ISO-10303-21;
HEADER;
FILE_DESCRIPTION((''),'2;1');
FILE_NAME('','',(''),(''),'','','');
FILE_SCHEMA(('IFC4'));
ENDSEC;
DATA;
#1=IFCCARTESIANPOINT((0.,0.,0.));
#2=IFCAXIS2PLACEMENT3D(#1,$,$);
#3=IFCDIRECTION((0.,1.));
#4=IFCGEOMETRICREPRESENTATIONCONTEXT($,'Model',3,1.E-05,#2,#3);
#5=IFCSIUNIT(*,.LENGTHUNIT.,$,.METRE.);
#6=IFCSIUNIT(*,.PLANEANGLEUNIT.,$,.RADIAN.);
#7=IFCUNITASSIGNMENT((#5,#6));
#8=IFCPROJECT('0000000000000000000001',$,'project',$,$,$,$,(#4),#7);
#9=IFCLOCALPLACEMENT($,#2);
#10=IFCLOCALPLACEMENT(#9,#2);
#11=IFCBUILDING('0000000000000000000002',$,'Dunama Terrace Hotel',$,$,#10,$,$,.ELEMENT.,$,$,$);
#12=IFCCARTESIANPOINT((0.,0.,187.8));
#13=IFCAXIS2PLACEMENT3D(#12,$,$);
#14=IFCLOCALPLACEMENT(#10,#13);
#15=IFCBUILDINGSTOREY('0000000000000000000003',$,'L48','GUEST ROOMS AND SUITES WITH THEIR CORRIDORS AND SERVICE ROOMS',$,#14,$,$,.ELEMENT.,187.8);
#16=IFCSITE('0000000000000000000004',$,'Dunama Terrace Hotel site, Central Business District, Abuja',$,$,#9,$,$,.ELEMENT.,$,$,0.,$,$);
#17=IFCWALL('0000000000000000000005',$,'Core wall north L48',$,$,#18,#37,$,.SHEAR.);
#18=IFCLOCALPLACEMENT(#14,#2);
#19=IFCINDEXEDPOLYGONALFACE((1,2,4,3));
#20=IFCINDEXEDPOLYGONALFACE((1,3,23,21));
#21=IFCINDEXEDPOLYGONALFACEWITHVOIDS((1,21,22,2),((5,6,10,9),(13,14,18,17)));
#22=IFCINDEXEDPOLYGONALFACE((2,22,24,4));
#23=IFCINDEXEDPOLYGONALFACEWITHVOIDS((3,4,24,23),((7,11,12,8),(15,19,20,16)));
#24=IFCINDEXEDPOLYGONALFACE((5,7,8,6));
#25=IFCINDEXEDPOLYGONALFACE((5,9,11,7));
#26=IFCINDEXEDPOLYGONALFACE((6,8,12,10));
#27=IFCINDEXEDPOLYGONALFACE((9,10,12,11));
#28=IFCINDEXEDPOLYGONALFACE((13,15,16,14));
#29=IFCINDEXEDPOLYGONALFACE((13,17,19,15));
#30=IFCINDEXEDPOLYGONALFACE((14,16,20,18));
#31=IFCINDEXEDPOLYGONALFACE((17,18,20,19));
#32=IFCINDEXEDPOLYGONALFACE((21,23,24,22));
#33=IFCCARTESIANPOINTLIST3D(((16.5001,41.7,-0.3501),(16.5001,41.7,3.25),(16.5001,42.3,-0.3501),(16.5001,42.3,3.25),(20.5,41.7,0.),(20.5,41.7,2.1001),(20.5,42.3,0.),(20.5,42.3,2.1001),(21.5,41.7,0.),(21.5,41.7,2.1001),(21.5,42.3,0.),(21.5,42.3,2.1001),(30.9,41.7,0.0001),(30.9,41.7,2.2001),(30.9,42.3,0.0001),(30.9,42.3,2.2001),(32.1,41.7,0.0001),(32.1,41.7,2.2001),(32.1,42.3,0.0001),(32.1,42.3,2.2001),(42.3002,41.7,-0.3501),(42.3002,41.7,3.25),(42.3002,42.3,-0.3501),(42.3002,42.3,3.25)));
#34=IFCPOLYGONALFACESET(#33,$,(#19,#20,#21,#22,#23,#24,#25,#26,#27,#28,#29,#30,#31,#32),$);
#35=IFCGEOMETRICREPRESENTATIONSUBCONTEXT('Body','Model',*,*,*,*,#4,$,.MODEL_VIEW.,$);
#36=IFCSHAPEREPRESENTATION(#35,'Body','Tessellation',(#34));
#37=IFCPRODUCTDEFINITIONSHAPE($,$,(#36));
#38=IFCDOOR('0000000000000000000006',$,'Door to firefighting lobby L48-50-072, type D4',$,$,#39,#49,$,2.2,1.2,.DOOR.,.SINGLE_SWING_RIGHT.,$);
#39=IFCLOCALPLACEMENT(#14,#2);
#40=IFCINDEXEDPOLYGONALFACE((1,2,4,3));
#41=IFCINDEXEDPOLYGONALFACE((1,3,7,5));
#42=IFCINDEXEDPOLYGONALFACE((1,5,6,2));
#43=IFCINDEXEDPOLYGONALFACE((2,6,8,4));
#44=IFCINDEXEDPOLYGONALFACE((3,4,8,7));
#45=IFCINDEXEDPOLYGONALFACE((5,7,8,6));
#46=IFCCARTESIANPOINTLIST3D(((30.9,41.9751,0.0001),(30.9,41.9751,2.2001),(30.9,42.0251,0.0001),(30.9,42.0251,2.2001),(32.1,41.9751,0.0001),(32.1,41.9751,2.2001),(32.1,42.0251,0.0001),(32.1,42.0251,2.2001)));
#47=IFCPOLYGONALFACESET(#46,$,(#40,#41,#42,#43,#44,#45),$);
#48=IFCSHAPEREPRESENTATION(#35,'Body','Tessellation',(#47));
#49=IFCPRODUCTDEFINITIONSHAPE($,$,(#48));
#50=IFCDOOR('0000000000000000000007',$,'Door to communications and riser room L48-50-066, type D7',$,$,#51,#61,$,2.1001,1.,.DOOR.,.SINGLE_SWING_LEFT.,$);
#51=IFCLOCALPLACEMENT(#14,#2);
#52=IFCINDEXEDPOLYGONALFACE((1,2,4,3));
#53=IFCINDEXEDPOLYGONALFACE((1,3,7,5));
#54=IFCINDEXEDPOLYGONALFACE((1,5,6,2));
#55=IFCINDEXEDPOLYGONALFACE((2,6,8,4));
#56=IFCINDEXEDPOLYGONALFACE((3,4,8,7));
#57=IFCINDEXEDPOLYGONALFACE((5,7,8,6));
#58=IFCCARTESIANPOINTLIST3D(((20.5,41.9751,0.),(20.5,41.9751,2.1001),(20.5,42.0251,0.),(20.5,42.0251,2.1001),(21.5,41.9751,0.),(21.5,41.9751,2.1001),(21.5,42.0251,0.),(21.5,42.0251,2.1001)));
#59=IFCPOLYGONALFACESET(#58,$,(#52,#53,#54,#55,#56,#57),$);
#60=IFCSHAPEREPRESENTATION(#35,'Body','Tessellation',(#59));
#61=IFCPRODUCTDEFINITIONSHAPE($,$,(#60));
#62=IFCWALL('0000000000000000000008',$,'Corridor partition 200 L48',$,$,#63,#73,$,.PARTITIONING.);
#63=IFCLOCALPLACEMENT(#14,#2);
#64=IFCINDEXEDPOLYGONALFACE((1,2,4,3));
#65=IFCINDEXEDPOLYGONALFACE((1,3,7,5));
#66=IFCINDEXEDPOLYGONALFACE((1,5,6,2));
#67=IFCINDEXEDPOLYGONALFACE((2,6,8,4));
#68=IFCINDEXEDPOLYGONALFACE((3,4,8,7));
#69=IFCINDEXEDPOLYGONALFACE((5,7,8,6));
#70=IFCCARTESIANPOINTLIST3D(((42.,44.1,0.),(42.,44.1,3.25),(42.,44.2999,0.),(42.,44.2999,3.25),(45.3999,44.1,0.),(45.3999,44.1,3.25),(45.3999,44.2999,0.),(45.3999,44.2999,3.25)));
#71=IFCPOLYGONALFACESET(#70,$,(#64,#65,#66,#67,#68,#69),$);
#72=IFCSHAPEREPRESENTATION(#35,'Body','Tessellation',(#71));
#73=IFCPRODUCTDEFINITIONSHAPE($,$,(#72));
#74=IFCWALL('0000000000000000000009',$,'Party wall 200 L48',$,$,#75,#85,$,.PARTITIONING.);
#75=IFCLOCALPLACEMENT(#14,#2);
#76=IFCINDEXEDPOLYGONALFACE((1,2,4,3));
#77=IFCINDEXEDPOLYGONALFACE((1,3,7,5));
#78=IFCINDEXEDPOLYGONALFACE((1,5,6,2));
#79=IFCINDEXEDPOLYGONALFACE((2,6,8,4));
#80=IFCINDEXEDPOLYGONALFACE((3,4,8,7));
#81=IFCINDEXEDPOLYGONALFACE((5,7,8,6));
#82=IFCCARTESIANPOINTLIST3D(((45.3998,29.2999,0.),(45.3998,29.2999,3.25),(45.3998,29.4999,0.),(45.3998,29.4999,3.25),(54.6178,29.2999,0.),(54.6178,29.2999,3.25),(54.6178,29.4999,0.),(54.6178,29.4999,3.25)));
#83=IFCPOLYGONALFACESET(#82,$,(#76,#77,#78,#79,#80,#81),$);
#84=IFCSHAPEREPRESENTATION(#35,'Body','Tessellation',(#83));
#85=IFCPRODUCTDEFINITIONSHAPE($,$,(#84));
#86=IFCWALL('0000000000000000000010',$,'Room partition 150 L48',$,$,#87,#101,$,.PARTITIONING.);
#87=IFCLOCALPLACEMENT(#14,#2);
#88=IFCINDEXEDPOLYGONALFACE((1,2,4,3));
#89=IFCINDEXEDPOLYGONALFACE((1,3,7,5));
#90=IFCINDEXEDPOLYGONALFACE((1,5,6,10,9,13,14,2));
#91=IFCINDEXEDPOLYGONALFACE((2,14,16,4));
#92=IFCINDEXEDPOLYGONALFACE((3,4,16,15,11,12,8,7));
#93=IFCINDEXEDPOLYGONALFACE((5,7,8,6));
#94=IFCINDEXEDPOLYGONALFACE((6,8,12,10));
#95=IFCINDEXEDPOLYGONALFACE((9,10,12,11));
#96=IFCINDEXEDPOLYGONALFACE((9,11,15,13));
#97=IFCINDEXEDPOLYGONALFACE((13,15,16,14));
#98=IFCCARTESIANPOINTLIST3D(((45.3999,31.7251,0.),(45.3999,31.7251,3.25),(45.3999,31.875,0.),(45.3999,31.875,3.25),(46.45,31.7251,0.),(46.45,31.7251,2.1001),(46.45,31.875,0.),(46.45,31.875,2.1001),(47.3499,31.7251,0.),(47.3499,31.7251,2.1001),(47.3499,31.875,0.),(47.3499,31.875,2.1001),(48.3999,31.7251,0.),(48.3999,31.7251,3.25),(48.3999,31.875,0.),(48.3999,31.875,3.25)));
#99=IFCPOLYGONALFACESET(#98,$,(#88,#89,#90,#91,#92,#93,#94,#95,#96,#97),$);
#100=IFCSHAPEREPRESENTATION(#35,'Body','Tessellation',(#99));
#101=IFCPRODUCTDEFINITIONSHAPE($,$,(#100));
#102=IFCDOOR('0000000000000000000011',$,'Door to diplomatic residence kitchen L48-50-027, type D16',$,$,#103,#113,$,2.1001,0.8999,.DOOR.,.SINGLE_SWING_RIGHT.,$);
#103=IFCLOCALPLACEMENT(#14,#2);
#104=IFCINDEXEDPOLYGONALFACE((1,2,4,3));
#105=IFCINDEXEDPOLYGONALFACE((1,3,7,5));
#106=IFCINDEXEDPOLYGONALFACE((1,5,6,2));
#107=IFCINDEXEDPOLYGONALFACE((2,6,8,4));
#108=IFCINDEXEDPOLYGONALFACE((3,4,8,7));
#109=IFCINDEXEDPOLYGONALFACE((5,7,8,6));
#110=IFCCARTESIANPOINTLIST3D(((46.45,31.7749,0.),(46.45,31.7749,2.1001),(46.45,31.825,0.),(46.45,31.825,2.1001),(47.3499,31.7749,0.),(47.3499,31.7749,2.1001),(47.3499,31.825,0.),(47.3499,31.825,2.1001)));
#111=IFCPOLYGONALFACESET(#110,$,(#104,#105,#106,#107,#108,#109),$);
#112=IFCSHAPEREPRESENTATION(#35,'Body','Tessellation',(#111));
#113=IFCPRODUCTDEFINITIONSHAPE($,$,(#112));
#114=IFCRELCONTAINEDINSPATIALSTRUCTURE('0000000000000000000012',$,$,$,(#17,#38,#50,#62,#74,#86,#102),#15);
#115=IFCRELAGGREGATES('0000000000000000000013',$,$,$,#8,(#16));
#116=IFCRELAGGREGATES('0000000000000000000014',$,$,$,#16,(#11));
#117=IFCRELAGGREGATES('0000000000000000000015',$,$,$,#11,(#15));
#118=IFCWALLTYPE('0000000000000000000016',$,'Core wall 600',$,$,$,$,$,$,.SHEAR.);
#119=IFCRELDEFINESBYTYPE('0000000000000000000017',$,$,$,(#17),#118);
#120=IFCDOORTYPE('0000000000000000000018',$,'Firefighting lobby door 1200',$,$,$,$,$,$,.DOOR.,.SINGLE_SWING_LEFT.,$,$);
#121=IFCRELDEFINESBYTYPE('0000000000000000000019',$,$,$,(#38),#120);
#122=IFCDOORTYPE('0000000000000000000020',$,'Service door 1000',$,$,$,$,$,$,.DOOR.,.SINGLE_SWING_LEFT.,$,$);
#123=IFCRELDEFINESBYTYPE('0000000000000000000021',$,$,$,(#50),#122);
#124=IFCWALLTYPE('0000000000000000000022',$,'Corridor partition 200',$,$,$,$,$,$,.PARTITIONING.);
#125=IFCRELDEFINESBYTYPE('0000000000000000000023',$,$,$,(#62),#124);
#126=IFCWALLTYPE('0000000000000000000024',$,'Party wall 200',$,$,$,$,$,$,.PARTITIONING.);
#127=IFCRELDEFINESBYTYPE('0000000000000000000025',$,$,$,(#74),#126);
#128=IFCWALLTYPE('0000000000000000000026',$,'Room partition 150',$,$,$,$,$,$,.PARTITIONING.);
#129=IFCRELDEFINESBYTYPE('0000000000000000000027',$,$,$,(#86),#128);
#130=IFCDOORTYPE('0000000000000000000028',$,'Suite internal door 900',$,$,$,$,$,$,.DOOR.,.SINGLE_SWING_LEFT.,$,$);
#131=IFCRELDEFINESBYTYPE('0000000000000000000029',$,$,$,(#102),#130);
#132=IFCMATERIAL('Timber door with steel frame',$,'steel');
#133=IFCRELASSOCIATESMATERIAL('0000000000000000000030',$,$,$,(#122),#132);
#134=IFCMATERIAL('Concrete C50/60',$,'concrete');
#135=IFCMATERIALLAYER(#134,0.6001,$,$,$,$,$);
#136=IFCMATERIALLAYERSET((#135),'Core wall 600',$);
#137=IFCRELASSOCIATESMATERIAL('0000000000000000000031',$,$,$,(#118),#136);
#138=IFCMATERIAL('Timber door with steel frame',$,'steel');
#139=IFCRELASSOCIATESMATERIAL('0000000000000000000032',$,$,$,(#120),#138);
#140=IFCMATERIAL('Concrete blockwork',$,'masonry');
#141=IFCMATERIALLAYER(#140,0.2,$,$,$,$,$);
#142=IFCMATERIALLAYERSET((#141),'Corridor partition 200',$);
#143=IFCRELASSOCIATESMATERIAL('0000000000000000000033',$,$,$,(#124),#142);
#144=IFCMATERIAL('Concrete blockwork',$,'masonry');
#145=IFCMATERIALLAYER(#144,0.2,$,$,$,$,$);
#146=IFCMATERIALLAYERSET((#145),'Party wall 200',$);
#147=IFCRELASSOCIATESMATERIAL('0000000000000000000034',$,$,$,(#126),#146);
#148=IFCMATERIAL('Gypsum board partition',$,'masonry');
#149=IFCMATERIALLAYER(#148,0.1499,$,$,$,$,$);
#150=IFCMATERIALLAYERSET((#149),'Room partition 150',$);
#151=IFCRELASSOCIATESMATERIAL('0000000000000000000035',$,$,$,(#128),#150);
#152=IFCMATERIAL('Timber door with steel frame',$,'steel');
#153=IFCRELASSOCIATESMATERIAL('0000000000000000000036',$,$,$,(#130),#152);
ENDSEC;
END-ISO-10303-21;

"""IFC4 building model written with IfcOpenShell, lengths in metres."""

from ifc_helpers import new_model, si_unit, direction, frame, frame_2d, origin, place, context, subcontext, project, spatial, rectangle, extrude, material, layer, layer_set, type_object, element, fill, save


model = new_model("IFC4")

# Units and contexts
model_context = context("Model", 3, precision=1e-05, world=origin(), true_north=direction((0.0, 1.0)))
body_context = subcontext(model_context, "Body", "Model", "MODEL_VIEW")
ifc_project = project(units=[si_unit("LENGTHUNIT", "METRE"), si_unit("PLANEANGLEUNIT", "RADIAN")], contexts=[model_context])

# Site, building, storey
site_placement = place(None, origin())
site = spatial("IfcSite", under=ifc_project, at=site_placement, Name="Dunama Terrace Hotel site, Central Business District, Abuja", CompositionType="ELEMENT", RefElevation=0.0)
building_placement = place(site_placement, origin())
building = spatial("IfcBuilding", under=site, at=building_placement, Name="Dunama Terrace Hotel", CompositionType="ELEMENT")
storey_placement = place(building_placement, frame((0.0, 0.0, 187.8)))
storey = spatial("IfcBuildingStorey", under=building, at=storey_placement, Name="L48", Description="GUEST ROOMS AND SUITES WITH THEIR CORRIDORS AND SERVICE ROOMS", CompositionType="ELEMENT", Elevation=187.8)

# Shared definitions
ifc_material_1 = material(Name="Timber door with steel frame", Category="steel")
door_type_1 = type_object("IfcDoorType", Name="Service door 1000", OperationType="SINGLE_SWING_LEFT", PredefinedType="DOOR", material=ifc_material_1)

# Wall, openings, doors
ifc_material_2 = material(Name="Concrete C50/60", Category="concrete")
ifc_layer_1 = layer(ifc_material_2, 0.6001)
ifc_layer_set_1 = layer_set([ifc_layer_1], Name="Core wall 600")
wall_type_1 = type_object("IfcWallType", Name="Core wall 600", PredefinedType="SHEAR", material=ifc_layer_set_1)
wall_1_placement = place(storey_placement, frame((42.3, 42.0, -0.3501), z_axis=(0.0, 0.0, 1.0), x_axis=(-1.0, 0.0, 0.0)))
wall_1 = element("IfcWall", 1, at=wall_1_placement, inside=storey, type_object=wall_type_1, Name="Core wall north L48", PredefinedType="SHEAR", context=body_context, shape_type="SweptSolid", body=[
    extrude(rectangle(XDim=25.8, YDim=0.6001, at=frame_2d((12.8999, 0.0))), origin(), (0.0, 0.0, 1.0), 3.6001),
])
opening_1_placement = place(wall_1_placement, frame((20.8, 0.0, 0.3501)))
opening_1 = element("IfcOpeningElement", 2, at=opening_1_placement, cuts=wall_1, PredefinedType="OPENING", context=body_context, shape_type="SweptSolid", body=[
    extrude(rectangle(XDim=1.0, YDim=2.1001, at=frame_2d((0.5, 1.05))), frame((0.0, 0.3101, 0.0), z_axis=(0.0, -1.0, 0.0), x_axis=(1.0, 0.0, 0.0)), (0.0, 0.0, 1.0), 0.6201),
])
opening_2_placement = place(wall_1_placement, frame((10.2, 0.0, 0.3501)))
opening_2 = element("IfcOpeningElement", 3, at=opening_2_placement, cuts=wall_1, PredefinedType="OPENING", context=body_context, shape_type="SweptSolid", body=[
    extrude(rectangle(XDim=1.2, YDim=2.2, at=frame_2d((0.6001, 1.1001))), frame((0.0, 0.3101, 0.0), z_axis=(0.0, -1.0, 0.0), x_axis=(1.0, 0.0, 0.0)), (0.0, 0.0, 1.0), 0.6201),
])
ifc_material_3 = material(Name="Timber door with steel frame", Category="steel")
door_type_2 = type_object("IfcDoorType", Name="Firefighting lobby door 1200", OperationType="SINGLE_SWING_LEFT", PredefinedType="DOOR", material=ifc_material_3)
door_1_placement = place(opening_2_placement, origin())
door_1 = element("IfcDoor", 4, at=door_1_placement, inside=storey, type_object=door_type_2, Name="Door to firefighting lobby L48-50-072, type D4", OperationType="SINGLE_SWING_RIGHT", OverallHeight=2.2, OverallWidth=1.2, PredefinedType="DOOR", context=body_context, shape_type="SweptSolid", body=[
    extrude(rectangle(XDim=1.2, YDim=2.2, at=frame_2d((0.6001, 1.1001))), frame((0.0, 0.0249, 0.0), z_axis=(0.0, -1.0, 0.0), x_axis=(1.0, 0.0, 0.0)), (0.0, 0.0, 1.0), 0.05),
])
fill(opening_2, door_1)
door_2_placement = place(opening_1_placement, origin())
door_2 = element("IfcDoor", 5, at=door_2_placement, inside=storey, type_object=door_type_1, Name="Door to communications and riser room L48-50-066, type D7", OperationType="SINGLE_SWING_LEFT", OverallHeight=2.1001, OverallWidth=1.0, PredefinedType="DOOR", context=body_context, shape_type="SweptSolid", body=[
    extrude(rectangle(XDim=1.0, YDim=2.1001, at=frame_2d((0.5, 1.05))), frame((0.0, 0.0249, 0.0), z_axis=(0.0, -1.0, 0.0), x_axis=(1.0, 0.0, 0.0)), (0.0, 0.0, 1.0), 0.05),
])
fill(opening_1, door_2)

# Walls
ifc_material_4 = material(Name="Concrete blockwork", Category="masonry")
ifc_layer_2 = layer(ifc_material_4, 0.2)
ifc_layer_set_2 = layer_set([ifc_layer_2], Name="Corridor partition 200")
wall_type_2 = type_object("IfcWallType", Name="Corridor partition 200", PredefinedType="PARTITIONING", material=ifc_layer_set_2)
wall_2_placement = place(storey_placement, frame((42.0, 44.2, 0.0), z_axis=(0.0, 0.0, 1.0), x_axis=(1.0, 0.0, 0.0)))
element("IfcWall", 6, at=wall_2_placement, inside=storey, type_object=wall_type_2, Name="Corridor partition 200 L48", PredefinedType="PARTITIONING", context=body_context, shape_type="SweptSolid", body=[
    extrude(rectangle(XDim=3.3999, YDim=0.2, at=frame_2d((1.7, 0.0))), origin(), (0.0, 0.0, 1.0), 3.25),
])
ifc_material_5 = material(Name="Concrete blockwork", Category="masonry")
ifc_layer_3 = layer(ifc_material_5, 0.2)
ifc_layer_set_3 = layer_set([ifc_layer_3], Name="Party wall 200")
wall_type_3 = type_object("IfcWallType", Name="Party wall 200", PredefinedType="PARTITIONING", material=ifc_layer_set_3)
wall_3_placement = place(storey_placement, frame((45.3999, 29.3999, 0.0), z_axis=(0.0, 0.0, 1.0), x_axis=(1.0, 0.0, 0.0)))
element("IfcWall", 7, at=wall_3_placement, inside=storey, type_object=wall_type_3, Name="Party wall 200 L48", PredefinedType="PARTITIONING", context=body_context, shape_type="SweptSolid", body=[
    extrude(rectangle(XDim=9.218, YDim=0.2, at=frame_2d((4.6089, 0.0))), origin(), (0.0, 0.0, 1.0), 3.25),
])

# Wall, opening, door
ifc_material_6 = material(Name="Gypsum board partition", Category="masonry")
ifc_layer_4 = layer(ifc_material_6, 0.1499)
ifc_layer_set_4 = layer_set([ifc_layer_4], Name="Room partition 150")
wall_type_4 = type_object("IfcWallType", Name="Room partition 150", PredefinedType="PARTITIONING", material=ifc_layer_set_4)
wall_4_placement = place(storey_placement, frame((45.3999, 31.8, 0.0), z_axis=(0.0, 0.0, 1.0), x_axis=(1.0, 0.0, 0.0)))
wall_4 = element("IfcWall", 8, at=wall_4_placement, inside=storey, type_object=wall_type_4, Name="Room partition 150 L48", PredefinedType="PARTITIONING", context=body_context, shape_type="SweptSolid", body=[
    extrude(rectangle(XDim=3.0, YDim=0.1499, at=frame_2d((1.5, 0.0))), origin(), (0.0, 0.0, 1.0), 3.25),
])
opening_3_placement = place(wall_4_placement, frame((1.05, 0.0, 0.0)))
opening_3 = element("IfcOpeningElement", 9, at=opening_3_placement, cuts=wall_4, PredefinedType="OPENING", context=body_context, shape_type="SweptSolid", body=[
    extrude(rectangle(XDim=0.8999, YDim=2.1001, at=frame_2d((0.45, 1.05))), frame((0.0, 0.085, 0.0), z_axis=(0.0, -1.0, 0.0), x_axis=(1.0, 0.0, 0.0)), (0.0, 0.0, 1.0), 0.1699),
])
ifc_material_7 = material(Name="Timber door with steel frame", Category="steel")
door_type_3 = type_object("IfcDoorType", Name="Suite internal door 900", OperationType="SINGLE_SWING_LEFT", PredefinedType="DOOR", material=ifc_material_7)
door_3_placement = place(opening_3_placement, frame((0.8999, 0.0, 0.0), z_axis=(0.0, 0.0, 1.0), x_axis=(-1.0, 0.0, 0.0)))
door_3 = element("IfcDoor", 10, at=door_3_placement, inside=storey, type_object=door_type_3, Name="Door to diplomatic residence kitchen L48-50-027, type D16", OperationType="SINGLE_SWING_RIGHT", OverallHeight=2.1001, OverallWidth=0.8999, PredefinedType="DOOR", context=body_context, shape_type="SweptSolid", body=[
    extrude(rectangle(XDim=0.8999, YDim=2.1001, at=frame_2d((0.45, 1.05))), frame((0.0, 0.0251, 0.0), z_axis=(0.0, -1.0, 0.0), x_axis=(1.0, 0.0, 0.0)), (0.0, 0.0, 1.0), 0.05),
])
fill(opening_3, door_3)

save(model, "model.ifc")
